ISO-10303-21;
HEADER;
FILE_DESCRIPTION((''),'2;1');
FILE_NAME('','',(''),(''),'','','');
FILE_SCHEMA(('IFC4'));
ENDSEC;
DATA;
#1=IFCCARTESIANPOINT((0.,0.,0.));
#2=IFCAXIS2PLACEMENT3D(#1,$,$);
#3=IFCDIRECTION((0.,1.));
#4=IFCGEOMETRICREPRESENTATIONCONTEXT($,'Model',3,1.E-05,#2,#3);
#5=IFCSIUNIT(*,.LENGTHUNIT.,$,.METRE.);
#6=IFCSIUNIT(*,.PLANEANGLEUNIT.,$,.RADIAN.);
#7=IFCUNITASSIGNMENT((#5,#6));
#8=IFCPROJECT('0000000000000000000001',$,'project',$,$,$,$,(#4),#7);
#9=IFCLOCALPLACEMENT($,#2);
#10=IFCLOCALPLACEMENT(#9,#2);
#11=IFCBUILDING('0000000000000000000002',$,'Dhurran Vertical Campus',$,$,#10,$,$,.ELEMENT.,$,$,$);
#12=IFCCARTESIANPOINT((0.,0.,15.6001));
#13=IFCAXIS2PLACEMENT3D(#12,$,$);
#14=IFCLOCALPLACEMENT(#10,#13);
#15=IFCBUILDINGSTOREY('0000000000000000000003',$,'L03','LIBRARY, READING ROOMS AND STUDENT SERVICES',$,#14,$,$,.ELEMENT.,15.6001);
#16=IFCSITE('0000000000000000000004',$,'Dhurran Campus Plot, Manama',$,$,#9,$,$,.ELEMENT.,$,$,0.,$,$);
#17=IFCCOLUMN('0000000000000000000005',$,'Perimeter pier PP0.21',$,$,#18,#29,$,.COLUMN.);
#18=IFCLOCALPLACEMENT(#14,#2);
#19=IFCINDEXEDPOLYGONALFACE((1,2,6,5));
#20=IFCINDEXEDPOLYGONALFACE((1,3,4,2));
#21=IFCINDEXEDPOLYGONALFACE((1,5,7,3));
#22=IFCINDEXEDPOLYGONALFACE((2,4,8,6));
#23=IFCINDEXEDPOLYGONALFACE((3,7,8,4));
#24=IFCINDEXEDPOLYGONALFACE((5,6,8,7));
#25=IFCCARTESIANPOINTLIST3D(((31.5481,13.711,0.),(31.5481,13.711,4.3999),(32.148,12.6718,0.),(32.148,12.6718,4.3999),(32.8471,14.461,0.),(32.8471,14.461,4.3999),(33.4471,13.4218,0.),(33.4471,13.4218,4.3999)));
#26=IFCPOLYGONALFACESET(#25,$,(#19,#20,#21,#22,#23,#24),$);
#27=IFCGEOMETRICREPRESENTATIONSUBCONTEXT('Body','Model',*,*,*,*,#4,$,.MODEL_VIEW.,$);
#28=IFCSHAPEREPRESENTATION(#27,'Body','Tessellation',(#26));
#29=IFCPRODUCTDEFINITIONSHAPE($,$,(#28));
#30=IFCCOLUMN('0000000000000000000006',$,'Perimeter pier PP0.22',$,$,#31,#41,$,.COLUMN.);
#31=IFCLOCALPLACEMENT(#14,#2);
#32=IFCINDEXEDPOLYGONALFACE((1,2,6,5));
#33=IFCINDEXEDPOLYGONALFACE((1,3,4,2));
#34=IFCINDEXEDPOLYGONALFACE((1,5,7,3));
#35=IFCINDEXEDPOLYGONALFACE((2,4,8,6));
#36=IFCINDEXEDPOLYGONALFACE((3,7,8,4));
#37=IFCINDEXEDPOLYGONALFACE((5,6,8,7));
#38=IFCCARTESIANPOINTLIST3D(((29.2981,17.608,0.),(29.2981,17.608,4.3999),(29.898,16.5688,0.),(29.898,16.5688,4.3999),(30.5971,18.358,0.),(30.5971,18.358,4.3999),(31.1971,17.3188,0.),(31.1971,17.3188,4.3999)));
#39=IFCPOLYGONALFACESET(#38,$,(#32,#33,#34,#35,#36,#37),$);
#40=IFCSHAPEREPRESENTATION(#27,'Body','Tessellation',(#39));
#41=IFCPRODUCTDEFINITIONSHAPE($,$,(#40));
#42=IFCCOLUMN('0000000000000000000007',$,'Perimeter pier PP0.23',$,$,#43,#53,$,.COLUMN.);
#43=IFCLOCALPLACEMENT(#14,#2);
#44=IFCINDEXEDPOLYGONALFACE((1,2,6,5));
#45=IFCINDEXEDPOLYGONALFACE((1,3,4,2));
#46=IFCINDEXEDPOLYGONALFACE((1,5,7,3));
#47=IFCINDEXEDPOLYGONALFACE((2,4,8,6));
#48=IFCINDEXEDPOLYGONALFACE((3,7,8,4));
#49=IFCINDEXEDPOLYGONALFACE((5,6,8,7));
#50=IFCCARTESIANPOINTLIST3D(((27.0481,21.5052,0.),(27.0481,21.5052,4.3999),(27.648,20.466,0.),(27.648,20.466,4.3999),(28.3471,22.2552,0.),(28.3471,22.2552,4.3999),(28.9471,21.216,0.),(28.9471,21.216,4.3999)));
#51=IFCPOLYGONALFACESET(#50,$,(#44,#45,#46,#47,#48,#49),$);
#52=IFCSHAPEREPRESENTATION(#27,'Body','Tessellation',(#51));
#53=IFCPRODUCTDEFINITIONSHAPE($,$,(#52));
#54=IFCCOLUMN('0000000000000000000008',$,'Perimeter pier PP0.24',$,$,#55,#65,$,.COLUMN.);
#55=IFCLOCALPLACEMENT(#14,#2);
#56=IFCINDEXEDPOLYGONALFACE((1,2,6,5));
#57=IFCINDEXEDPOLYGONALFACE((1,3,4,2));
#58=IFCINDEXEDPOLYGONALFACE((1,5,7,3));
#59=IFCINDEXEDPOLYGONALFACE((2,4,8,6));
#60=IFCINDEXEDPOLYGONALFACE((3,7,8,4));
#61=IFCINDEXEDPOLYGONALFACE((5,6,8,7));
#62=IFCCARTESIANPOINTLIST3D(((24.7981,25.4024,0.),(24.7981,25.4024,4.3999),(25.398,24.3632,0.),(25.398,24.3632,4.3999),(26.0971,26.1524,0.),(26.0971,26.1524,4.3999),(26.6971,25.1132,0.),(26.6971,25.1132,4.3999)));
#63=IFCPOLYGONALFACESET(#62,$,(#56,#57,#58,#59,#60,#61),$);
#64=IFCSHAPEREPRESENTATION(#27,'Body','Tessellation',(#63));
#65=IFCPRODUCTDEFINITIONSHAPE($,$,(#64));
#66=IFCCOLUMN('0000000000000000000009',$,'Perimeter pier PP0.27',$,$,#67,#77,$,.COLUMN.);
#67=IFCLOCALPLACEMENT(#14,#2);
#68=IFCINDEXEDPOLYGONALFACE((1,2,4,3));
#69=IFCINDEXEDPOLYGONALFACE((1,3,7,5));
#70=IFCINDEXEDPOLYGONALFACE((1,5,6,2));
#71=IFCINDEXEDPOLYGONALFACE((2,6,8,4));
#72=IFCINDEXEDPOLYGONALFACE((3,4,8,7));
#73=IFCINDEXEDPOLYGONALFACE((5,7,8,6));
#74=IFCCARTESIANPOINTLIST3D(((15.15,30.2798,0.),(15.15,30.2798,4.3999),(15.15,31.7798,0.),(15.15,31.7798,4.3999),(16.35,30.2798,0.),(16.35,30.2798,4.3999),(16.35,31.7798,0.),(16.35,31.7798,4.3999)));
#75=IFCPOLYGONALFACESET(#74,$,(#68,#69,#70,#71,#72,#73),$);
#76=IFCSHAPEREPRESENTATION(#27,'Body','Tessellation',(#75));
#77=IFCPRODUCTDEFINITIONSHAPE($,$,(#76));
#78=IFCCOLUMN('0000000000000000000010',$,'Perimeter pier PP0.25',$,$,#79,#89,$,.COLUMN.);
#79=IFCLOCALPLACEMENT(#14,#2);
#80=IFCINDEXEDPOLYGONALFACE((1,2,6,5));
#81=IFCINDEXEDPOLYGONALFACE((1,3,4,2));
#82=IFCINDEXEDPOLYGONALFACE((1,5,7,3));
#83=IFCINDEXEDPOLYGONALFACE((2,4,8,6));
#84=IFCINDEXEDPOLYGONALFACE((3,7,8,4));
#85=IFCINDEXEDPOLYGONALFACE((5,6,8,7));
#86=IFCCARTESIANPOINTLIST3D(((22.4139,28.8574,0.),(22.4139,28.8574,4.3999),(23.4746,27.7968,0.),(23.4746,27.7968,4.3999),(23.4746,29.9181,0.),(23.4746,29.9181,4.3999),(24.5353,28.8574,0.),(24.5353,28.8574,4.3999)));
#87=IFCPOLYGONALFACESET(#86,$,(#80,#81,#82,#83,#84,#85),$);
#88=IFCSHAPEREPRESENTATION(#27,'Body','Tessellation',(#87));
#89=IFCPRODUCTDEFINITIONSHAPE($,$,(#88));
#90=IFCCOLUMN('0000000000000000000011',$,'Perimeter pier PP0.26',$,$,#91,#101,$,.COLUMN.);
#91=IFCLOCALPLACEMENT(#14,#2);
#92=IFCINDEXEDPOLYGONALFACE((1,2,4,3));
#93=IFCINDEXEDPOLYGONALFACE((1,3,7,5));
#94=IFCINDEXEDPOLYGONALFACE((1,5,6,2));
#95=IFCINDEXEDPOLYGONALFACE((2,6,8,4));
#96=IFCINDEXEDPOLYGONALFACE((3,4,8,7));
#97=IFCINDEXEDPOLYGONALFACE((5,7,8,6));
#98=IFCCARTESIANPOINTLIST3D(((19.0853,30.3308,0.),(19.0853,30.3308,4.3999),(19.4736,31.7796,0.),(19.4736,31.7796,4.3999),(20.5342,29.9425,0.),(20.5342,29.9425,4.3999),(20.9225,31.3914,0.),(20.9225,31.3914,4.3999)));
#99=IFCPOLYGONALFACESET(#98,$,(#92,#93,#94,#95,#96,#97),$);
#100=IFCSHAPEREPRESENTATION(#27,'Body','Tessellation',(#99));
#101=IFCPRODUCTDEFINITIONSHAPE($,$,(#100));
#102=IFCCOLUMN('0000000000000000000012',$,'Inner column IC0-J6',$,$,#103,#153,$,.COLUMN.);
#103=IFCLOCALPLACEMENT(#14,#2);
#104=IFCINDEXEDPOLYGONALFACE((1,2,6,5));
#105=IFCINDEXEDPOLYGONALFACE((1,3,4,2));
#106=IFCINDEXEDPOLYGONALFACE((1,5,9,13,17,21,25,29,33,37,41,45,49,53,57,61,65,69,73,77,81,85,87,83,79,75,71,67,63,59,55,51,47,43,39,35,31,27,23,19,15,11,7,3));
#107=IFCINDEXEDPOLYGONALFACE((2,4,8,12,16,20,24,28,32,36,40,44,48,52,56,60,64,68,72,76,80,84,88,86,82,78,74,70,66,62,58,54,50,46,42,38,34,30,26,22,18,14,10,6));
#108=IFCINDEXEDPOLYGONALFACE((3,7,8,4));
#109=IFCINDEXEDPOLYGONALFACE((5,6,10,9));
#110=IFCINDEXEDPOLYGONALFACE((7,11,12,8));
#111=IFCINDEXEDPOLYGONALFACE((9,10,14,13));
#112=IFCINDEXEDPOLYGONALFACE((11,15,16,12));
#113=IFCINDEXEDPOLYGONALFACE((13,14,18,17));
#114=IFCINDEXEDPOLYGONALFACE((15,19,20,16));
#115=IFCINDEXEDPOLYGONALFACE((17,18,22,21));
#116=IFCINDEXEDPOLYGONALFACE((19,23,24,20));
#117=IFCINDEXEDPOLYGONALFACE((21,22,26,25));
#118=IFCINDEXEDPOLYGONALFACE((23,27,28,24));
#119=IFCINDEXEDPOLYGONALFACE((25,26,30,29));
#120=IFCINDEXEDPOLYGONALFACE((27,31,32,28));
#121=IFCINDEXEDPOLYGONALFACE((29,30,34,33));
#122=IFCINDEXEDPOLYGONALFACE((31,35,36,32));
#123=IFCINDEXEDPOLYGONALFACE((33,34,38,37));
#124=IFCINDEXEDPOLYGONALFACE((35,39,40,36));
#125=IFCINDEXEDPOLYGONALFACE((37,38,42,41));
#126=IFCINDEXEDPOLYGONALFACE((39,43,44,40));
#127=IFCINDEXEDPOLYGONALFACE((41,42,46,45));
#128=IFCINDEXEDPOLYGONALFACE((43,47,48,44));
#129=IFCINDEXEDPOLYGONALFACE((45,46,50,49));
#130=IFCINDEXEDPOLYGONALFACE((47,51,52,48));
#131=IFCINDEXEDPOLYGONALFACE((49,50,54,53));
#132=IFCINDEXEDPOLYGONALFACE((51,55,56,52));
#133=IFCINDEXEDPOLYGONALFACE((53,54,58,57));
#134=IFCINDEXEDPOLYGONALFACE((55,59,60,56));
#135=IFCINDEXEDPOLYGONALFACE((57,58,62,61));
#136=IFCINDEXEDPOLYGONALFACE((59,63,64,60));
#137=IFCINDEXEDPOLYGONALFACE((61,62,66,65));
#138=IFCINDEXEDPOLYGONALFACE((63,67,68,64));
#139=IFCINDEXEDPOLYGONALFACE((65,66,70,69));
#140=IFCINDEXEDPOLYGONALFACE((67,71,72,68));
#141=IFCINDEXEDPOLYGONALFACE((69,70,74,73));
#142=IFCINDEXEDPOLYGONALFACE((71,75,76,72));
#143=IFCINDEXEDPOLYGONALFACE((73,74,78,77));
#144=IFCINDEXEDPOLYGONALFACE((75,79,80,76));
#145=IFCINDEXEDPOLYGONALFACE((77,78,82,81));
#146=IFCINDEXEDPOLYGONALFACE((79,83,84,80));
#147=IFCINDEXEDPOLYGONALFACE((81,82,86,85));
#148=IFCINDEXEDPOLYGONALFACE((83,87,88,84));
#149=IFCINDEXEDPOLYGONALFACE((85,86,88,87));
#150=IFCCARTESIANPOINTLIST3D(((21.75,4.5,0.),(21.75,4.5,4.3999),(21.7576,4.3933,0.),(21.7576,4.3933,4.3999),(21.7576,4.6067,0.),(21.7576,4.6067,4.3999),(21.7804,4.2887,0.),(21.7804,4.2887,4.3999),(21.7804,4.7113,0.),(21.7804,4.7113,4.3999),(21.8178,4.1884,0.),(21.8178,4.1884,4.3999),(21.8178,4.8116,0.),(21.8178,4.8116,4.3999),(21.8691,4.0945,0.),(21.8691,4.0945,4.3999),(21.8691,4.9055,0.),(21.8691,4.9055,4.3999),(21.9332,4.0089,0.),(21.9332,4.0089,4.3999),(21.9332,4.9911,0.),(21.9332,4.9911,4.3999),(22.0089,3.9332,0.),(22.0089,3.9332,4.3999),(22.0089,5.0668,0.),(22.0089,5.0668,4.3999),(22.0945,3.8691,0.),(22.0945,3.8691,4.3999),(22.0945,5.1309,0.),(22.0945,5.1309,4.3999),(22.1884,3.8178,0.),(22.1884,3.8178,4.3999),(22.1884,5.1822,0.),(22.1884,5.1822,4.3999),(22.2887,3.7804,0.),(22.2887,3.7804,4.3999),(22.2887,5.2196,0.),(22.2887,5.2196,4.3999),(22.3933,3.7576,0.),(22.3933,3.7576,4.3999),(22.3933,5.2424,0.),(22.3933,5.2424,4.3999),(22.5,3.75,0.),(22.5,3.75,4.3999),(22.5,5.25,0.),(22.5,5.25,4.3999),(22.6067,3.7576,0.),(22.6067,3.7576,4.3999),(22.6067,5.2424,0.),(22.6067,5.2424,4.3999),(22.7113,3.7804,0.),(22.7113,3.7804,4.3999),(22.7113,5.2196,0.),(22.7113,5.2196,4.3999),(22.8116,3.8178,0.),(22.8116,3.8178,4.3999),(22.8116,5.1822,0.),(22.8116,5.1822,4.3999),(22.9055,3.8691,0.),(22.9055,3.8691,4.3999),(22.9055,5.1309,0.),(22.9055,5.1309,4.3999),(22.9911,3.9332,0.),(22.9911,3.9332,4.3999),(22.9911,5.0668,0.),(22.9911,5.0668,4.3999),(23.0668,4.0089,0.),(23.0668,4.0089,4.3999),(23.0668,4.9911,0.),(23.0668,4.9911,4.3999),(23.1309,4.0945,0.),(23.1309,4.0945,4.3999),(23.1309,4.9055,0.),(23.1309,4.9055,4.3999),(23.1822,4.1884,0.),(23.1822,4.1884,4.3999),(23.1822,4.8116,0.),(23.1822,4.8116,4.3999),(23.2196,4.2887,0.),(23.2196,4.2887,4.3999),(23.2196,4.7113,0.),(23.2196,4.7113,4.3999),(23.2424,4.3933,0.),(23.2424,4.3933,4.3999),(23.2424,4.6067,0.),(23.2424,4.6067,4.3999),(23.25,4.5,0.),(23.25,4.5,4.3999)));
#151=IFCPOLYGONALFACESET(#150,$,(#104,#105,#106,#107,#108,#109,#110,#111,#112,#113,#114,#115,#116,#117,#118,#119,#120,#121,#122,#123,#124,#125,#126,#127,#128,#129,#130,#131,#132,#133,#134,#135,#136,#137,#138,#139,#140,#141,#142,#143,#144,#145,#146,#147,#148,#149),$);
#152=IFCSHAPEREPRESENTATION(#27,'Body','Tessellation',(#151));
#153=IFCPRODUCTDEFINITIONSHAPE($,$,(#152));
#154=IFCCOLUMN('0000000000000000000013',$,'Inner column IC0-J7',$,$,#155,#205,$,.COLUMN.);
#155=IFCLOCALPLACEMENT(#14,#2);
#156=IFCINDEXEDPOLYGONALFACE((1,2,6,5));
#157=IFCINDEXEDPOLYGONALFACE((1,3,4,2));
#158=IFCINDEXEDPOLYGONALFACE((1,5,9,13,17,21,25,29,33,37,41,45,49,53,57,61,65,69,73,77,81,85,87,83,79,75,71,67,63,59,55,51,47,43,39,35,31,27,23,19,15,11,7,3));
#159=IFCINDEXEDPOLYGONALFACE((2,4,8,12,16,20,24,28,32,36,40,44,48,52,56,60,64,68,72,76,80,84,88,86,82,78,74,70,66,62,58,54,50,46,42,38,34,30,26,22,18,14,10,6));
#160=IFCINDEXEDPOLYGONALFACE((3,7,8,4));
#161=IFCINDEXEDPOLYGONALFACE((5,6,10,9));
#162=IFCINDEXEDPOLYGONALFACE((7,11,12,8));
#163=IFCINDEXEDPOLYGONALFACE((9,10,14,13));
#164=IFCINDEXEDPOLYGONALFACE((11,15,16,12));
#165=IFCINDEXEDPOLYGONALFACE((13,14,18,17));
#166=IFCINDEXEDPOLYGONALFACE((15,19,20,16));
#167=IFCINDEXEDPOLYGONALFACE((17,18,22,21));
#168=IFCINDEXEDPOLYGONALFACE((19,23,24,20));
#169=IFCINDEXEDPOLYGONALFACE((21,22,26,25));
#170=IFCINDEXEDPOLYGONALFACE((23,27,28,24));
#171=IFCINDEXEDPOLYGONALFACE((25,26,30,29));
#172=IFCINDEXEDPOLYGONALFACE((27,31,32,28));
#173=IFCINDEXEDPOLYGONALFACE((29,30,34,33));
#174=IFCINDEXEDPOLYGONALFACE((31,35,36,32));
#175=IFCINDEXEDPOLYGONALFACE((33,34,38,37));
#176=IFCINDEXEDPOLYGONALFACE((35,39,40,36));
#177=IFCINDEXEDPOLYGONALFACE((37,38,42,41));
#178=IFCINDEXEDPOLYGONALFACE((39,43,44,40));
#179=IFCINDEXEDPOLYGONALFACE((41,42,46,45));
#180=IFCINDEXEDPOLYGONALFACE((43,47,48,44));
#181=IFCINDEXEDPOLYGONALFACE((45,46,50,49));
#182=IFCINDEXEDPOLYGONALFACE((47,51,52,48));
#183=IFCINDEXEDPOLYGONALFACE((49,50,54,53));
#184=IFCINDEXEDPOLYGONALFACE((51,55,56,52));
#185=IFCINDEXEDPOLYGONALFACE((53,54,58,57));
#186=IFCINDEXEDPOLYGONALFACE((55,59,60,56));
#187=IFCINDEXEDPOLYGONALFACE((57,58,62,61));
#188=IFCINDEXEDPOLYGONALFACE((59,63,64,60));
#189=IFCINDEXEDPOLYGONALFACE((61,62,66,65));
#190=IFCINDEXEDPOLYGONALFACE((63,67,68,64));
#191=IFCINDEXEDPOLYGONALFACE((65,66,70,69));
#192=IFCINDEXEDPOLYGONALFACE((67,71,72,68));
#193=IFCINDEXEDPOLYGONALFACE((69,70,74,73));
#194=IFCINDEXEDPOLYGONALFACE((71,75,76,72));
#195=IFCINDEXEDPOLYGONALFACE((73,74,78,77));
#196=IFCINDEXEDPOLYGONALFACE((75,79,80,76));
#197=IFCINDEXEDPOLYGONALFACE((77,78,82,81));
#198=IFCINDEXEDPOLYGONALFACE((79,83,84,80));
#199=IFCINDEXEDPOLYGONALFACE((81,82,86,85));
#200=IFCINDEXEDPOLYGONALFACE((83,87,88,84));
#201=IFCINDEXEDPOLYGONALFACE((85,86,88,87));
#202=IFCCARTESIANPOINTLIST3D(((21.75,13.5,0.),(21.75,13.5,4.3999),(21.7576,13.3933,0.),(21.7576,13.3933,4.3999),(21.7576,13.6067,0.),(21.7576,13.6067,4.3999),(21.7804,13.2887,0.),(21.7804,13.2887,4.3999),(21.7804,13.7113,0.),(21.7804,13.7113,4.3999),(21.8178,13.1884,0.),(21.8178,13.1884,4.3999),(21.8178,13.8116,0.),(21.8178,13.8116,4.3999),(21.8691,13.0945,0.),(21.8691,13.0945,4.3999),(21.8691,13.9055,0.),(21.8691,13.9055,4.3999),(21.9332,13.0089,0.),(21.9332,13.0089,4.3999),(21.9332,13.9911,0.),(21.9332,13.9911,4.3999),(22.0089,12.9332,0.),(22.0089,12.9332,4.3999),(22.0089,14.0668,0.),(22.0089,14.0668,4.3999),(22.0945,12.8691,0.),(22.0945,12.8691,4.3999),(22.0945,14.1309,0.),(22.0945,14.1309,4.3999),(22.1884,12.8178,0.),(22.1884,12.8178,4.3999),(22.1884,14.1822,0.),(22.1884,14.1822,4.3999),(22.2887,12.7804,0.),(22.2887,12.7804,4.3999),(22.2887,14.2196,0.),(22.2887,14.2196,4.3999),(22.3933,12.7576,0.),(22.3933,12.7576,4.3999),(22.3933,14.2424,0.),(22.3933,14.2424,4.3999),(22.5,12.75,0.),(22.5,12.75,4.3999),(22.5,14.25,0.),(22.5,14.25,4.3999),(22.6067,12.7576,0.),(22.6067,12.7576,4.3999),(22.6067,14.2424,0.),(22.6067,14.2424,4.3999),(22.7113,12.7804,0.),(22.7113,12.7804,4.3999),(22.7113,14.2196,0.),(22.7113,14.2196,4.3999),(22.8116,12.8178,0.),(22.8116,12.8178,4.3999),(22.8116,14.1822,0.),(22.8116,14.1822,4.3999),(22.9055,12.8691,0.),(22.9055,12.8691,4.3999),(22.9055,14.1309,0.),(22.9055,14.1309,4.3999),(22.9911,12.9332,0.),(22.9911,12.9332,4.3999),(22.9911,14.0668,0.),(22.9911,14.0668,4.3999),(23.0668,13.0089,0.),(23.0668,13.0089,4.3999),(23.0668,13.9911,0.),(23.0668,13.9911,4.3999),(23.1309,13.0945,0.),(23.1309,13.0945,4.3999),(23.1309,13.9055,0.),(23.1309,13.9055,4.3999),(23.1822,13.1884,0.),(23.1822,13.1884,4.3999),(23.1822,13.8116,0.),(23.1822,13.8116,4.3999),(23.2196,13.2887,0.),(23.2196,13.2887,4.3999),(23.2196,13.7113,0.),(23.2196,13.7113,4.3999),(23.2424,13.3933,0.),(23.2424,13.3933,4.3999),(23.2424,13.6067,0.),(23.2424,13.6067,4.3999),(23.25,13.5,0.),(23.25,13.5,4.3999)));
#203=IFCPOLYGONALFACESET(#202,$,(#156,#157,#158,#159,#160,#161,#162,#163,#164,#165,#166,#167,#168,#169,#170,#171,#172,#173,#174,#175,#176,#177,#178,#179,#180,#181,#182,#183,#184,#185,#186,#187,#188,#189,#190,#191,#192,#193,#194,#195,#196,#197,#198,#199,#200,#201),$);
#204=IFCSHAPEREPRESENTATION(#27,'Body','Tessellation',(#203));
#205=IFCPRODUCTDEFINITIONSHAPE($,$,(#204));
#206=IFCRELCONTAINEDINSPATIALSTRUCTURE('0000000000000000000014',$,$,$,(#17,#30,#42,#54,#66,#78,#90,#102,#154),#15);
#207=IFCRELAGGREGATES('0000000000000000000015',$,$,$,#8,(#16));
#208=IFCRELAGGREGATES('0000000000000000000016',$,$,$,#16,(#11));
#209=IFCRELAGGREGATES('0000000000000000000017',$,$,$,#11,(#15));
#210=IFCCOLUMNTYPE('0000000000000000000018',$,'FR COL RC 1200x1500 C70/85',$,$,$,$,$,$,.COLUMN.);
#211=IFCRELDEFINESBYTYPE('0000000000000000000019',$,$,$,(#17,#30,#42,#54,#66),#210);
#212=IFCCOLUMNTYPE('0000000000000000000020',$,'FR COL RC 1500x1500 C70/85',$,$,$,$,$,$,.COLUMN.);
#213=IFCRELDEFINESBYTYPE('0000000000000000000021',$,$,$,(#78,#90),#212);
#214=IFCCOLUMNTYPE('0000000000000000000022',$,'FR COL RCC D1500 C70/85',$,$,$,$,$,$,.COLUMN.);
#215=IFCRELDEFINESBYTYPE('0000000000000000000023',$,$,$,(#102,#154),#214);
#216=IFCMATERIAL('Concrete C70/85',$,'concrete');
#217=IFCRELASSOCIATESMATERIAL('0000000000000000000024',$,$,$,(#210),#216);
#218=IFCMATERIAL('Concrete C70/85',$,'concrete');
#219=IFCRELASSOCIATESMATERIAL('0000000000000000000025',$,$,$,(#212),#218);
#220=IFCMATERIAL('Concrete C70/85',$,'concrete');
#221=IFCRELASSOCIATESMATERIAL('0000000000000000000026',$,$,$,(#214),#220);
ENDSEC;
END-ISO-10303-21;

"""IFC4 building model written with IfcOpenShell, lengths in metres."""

from ifc_helpers import new_model, si_unit, direction, frame, origin, origin_2d, place, context, subcontext, project, spatial, rectangle, circle, extrude, material, material_profile, profile_set, type_object, element, save


model = new_model("IFC4")

# Units and contexts
model_context = context("Model", 3, precision=1e-05, world=origin(), true_north=direction((0.0, 1.0)))
body_context = subcontext(model_context, "Body", "Model", "MODEL_VIEW")
ifc_project = project(units=[si_unit("LENGTHUNIT", "METRE"), si_unit("PLANEANGLEUNIT", "RADIAN")], contexts=[model_context])

# Site, building, storey
site_placement = place(None, origin())
site = spatial("IfcSite", under=ifc_project, at=site_placement, Name="Dhurran Campus Plot, Manama", CompositionType="ELEMENT", RefElevation=0.0)
building_placement = place(site_placement, origin())
building = spatial("IfcBuilding", under=site, at=building_placement, Name="Dhurran Vertical Campus", CompositionType="ELEMENT")
storey_placement = place(building_placement, frame((0.0, 0.0, 15.6001)))
storey = spatial("IfcBuildingStorey", under=building, at=storey_placement, Name="L03", Description="LIBRARY, READING ROOMS AND STUDENT SERVICES", CompositionType="ELEMENT", Elevation=15.6001)

# Columns
ifc_material_1 = material(Name="Concrete C70/85", Category="concrete")
ifc_material_profile_1 = material_profile(ifc_material_1, rectangle(XDim=1.2, YDim=1.5, at=origin_2d()), Name="RC 1200x1500")
ifc_profile_set_1 = profile_set([ifc_material_profile_1], Name="Concrete C70/85")
column_type_1 = type_object("IfcColumnType", Name="FR COL RC 1200x1500 C70/85", PredefinedType="COLUMN", material=ifc_profile_set_1)
for number, where, z_axis, x_axis, name in (
    (1, (32.4976, 13.5664, 0.0), (0.0, 0.0, 1.0), (-0.5, 0.866025, 0.0), "Perimeter pier PP0.21"),
    (2, (30.2476, 17.4634, 0.0), (0.0, 0.0, 1.0), (-0.5, 0.866025, 0.0), "Perimeter pier PP0.22"),
    (3, (27.9976, 21.3606, 0.0), (0.0, 0.0, 1.0), (-0.5, 0.866025, 0.0), "Perimeter pier PP0.23"),
    (4, (25.7476, 25.2578, 0.0), (0.0, 0.0, 1.0), (-0.5, 0.866025, 0.0), "Perimeter pier PP0.24"),
    (5, (15.75, 31.0298, 0.0), (0.0, 0.0, 1.0), (-1.0, 0.0, 0.0), "Perimeter pier PP0.27"),
):
    element("IfcColumn", number, at=place(storey_placement, frame(where, z_axis=z_axis, x_axis=x_axis)), inside=storey, type_object=column_type_1, Name=name, PredefinedType="COLUMN", context=body_context, shape_type="SweptSolid", body=[
        extrude(rectangle(XDim=1.2, YDim=1.5, at=origin_2d()), origin(), (0.0, 0.0, 1.0), 4.3999),
    ])
ifc_material_2 = material(Name="Concrete C70/85", Category="concrete")
ifc_material_profile_2 = material_profile(ifc_material_2, rectangle(XDim=1.5, YDim=1.5, at=origin_2d()), Name="RC 1500x1500")
ifc_profile_set_2 = profile_set([ifc_material_profile_2], Name="Concrete C70/85")
column_type_2 = type_object("IfcColumnType", Name="FR COL RC 1500x1500 C70/85", PredefinedType="COLUMN", material=ifc_profile_set_2)
for number, where, z_axis, x_axis, name in (
    (6, (23.4746, 28.8574, 0.0), (0.0, 0.0, 1.0), (-0.707107, 0.707107, 0.0), "Perimeter pier PP0.25"),
    (7, (20.0039, 30.8611, 0.0), (0.0, 0.0, 1.0), (-0.965926, 0.258819, 0.0), "Perimeter pier PP0.26"),
):
    element("IfcColumn", number, at=place(storey_placement, frame(where, z_axis=z_axis, x_axis=x_axis)), inside=storey, type_object=column_type_2, Name=name, PredefinedType="COLUMN", context=body_context, shape_type="SweptSolid", body=[
        extrude(rectangle(XDim=1.5, YDim=1.5, at=origin_2d()), origin(), (0.0, 0.0, 1.0), 4.3999),
    ])
ifc_material_3 = material(Name="Concrete C70/85", Category="concrete")
ifc_material_profile_3 = material_profile(ifc_material_3, circle(Radius=0.75, at=origin_2d()), Name="RCC D1500")
ifc_profile_set_3 = profile_set([ifc_material_profile_3], Name="Concrete C70/85")
column_type_3 = type_object("IfcColumnType", Name="FR COL RCC D1500 C70/85", PredefinedType="COLUMN", material=ifc_profile_set_3)
for number, where, z_axis, x_axis, name in (
    (8, (22.5, 4.5, 0.0), (0.0, 0.0, 1.0), (1.0, 0.0, 0.0), "Inner column IC0-J6"),
    (9, (22.5, 13.5, 0.0), (0.0, 0.0, 1.0), (1.0, 0.0, 0.0), "Inner column IC0-J7"),
):
    element("IfcColumn", number, at=place(storey_placement, frame(where, z_axis=z_axis, x_axis=x_axis)), inside=storey, type_object=column_type_3, Name=name, PredefinedType="COLUMN", context=body_context, shape_type="SweptSolid", body=[
        extrude(circle(Radius=0.75, at=origin_2d()), origin(), (0.0, 0.0, 1.0), 4.3999),
    ])

save(model, "model.ifc")
